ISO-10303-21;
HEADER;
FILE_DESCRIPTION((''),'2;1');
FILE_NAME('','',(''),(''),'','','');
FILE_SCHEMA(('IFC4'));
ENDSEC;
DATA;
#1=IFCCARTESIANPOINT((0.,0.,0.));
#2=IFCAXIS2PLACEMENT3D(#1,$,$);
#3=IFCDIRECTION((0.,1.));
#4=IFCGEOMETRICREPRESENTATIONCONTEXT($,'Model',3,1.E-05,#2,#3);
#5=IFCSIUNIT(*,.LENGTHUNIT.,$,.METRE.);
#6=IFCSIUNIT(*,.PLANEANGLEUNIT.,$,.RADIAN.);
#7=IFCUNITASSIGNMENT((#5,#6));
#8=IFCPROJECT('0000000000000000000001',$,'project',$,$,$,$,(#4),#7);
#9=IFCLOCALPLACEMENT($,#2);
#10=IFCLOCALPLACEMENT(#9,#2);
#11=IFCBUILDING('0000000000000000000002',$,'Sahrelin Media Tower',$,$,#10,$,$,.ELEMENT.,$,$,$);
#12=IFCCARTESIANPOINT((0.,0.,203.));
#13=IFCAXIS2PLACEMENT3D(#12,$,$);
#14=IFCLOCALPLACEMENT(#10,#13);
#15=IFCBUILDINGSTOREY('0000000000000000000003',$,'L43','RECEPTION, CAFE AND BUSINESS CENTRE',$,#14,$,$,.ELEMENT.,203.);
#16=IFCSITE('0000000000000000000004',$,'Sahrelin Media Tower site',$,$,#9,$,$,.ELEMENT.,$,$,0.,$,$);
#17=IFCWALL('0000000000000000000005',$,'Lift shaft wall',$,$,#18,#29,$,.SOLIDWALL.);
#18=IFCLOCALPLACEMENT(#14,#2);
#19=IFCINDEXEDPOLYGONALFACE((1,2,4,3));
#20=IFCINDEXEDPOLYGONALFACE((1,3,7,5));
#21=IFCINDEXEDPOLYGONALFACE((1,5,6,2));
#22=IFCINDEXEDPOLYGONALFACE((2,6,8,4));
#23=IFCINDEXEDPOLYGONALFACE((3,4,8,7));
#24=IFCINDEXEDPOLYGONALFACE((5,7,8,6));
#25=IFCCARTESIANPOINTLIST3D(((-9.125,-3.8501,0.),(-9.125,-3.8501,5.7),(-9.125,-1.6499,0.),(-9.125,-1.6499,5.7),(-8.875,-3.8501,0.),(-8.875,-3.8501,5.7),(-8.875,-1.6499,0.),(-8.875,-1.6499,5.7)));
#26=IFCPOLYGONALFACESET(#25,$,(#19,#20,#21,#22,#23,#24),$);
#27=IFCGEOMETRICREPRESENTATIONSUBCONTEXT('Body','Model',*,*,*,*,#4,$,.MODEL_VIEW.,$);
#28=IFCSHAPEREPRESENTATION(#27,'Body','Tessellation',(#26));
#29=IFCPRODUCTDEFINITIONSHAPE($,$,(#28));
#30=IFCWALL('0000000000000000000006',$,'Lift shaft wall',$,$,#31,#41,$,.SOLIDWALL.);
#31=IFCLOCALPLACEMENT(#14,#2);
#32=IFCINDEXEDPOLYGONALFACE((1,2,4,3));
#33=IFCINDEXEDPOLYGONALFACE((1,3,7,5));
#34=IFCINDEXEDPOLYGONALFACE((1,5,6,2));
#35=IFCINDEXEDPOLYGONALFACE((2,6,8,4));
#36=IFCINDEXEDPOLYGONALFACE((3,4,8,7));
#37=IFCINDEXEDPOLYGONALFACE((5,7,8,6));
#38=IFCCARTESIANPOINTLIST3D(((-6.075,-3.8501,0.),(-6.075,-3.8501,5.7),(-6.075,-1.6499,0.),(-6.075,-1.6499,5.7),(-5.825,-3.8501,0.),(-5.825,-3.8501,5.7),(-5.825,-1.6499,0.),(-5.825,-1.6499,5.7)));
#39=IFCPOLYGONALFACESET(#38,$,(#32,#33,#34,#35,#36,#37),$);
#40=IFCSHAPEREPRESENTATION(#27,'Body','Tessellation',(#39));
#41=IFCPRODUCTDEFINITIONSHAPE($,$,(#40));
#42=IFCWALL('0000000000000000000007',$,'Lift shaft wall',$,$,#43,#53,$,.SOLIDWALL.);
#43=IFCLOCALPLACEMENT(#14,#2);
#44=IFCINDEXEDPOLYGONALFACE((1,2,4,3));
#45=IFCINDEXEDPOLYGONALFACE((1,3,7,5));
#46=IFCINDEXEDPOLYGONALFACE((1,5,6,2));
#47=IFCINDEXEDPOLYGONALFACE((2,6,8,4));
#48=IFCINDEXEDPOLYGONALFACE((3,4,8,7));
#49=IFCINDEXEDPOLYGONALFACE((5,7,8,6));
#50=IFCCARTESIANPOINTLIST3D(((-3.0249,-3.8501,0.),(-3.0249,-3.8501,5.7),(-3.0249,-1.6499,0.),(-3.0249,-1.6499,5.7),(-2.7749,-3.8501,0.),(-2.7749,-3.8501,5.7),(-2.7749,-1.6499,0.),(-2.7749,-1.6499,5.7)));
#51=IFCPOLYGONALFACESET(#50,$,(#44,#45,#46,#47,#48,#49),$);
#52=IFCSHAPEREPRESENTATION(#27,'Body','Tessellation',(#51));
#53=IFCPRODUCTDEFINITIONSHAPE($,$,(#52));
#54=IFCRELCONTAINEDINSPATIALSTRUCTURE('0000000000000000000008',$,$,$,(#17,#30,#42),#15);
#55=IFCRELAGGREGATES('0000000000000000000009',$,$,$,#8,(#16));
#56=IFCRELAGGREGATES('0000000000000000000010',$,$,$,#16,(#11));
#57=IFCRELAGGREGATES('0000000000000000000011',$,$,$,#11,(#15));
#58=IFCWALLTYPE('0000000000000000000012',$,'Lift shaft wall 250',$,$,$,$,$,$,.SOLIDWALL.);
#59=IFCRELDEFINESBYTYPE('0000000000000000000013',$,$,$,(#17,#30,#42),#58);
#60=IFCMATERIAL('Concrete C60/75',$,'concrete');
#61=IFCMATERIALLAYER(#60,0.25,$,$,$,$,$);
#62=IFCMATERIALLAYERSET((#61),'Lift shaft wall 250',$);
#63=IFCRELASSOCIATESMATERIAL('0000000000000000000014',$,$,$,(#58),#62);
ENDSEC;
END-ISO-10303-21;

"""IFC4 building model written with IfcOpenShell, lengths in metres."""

from ifc_helpers import new_model, si_unit, direction, frame, frame_2d, origin, place, context, subcontext, project, spatial, rectangle, extrude, material, layer, layer_set, type_object, element, save


model = new_model("IFC4")

# Units and contexts
model_context = context("Model", 3, precision=1e-05, world=origin(), true_north=direction((0.0, 1.0)))
body_context = subcontext(model_context, "Body", "Model", "MODEL_VIEW")
ifc_project = project(units=[si_unit("LENGTHUNIT", "METRE"), si_unit("PLANEANGLEUNIT", "RADIAN")], contexts=[model_context])

# Site, building, storey
site_placement = place(None, origin())
site = spatial("IfcSite", under=ifc_project, at=site_placement, Name="Sahrelin Media Tower site", CompositionType="ELEMENT", RefElevation=0.0)
building_placement = place(site_placement, origin())
building = spatial("IfcBuilding", under=site, at=building_placement, Name="Sahrelin Media Tower", CompositionType="ELEMENT")
storey_placement = place(building_placement, frame((0.0, 0.0, 203.0)))
storey = spatial("IfcBuildingStorey", under=building, at=storey_placement, Name="L43", Description="RECEPTION, CAFE AND BUSINESS CENTRE", CompositionType="ELEMENT", Elevation=203.0)

# Shared definitions
ifc_material_1 = material(Name="Concrete C60/75", Category="concrete")

# Walls
ifc_layer_1 = layer(ifc_material_1, 0.25)
ifc_layer_set_1 = layer_set([ifc_layer_1], Name="Lift shaft wall 250")
wall_type_1 = type_object("IfcWallType", Name="Lift shaft wall 250", PredefinedType="SOLIDWALL", material=ifc_layer_set_1)
for number, where, z_axis, x_axis, name in (
    (1, (-9.0, -3.8501, 0.0), (0.0, 0.0, 1.0), (0.0, 1.0, 0.0), "Lift shaft wall"),
    (2, (-5.95, -3.8501, 0.0), (0.0, 0.0, 1.0), (0.0, 1.0, 0.0), "Lift shaft wall"),
    (3, (-2.8999, -3.8501, 0.0), (0.0, 0.0, 1.0), (0.0, 1.0, 0.0), "Lift shaft wall"),
):
    element("IfcWall", number, at=place(storey_placement, frame(where, z_axis=z_axis, x_axis=x_axis)), inside=storey, type_object=wall_type_1, Name=name, PredefinedType="SOLIDWALL", context=body_context, shape_type="SweptSolid", body=[
        extrude(rectangle(XDim=2.2002, YDim=0.25, at=frame_2d((1.1001, 0.0))), origin(), (0.0, 0.0, 1.0), 5.7),
    ])

save(model, "model.ifc")
